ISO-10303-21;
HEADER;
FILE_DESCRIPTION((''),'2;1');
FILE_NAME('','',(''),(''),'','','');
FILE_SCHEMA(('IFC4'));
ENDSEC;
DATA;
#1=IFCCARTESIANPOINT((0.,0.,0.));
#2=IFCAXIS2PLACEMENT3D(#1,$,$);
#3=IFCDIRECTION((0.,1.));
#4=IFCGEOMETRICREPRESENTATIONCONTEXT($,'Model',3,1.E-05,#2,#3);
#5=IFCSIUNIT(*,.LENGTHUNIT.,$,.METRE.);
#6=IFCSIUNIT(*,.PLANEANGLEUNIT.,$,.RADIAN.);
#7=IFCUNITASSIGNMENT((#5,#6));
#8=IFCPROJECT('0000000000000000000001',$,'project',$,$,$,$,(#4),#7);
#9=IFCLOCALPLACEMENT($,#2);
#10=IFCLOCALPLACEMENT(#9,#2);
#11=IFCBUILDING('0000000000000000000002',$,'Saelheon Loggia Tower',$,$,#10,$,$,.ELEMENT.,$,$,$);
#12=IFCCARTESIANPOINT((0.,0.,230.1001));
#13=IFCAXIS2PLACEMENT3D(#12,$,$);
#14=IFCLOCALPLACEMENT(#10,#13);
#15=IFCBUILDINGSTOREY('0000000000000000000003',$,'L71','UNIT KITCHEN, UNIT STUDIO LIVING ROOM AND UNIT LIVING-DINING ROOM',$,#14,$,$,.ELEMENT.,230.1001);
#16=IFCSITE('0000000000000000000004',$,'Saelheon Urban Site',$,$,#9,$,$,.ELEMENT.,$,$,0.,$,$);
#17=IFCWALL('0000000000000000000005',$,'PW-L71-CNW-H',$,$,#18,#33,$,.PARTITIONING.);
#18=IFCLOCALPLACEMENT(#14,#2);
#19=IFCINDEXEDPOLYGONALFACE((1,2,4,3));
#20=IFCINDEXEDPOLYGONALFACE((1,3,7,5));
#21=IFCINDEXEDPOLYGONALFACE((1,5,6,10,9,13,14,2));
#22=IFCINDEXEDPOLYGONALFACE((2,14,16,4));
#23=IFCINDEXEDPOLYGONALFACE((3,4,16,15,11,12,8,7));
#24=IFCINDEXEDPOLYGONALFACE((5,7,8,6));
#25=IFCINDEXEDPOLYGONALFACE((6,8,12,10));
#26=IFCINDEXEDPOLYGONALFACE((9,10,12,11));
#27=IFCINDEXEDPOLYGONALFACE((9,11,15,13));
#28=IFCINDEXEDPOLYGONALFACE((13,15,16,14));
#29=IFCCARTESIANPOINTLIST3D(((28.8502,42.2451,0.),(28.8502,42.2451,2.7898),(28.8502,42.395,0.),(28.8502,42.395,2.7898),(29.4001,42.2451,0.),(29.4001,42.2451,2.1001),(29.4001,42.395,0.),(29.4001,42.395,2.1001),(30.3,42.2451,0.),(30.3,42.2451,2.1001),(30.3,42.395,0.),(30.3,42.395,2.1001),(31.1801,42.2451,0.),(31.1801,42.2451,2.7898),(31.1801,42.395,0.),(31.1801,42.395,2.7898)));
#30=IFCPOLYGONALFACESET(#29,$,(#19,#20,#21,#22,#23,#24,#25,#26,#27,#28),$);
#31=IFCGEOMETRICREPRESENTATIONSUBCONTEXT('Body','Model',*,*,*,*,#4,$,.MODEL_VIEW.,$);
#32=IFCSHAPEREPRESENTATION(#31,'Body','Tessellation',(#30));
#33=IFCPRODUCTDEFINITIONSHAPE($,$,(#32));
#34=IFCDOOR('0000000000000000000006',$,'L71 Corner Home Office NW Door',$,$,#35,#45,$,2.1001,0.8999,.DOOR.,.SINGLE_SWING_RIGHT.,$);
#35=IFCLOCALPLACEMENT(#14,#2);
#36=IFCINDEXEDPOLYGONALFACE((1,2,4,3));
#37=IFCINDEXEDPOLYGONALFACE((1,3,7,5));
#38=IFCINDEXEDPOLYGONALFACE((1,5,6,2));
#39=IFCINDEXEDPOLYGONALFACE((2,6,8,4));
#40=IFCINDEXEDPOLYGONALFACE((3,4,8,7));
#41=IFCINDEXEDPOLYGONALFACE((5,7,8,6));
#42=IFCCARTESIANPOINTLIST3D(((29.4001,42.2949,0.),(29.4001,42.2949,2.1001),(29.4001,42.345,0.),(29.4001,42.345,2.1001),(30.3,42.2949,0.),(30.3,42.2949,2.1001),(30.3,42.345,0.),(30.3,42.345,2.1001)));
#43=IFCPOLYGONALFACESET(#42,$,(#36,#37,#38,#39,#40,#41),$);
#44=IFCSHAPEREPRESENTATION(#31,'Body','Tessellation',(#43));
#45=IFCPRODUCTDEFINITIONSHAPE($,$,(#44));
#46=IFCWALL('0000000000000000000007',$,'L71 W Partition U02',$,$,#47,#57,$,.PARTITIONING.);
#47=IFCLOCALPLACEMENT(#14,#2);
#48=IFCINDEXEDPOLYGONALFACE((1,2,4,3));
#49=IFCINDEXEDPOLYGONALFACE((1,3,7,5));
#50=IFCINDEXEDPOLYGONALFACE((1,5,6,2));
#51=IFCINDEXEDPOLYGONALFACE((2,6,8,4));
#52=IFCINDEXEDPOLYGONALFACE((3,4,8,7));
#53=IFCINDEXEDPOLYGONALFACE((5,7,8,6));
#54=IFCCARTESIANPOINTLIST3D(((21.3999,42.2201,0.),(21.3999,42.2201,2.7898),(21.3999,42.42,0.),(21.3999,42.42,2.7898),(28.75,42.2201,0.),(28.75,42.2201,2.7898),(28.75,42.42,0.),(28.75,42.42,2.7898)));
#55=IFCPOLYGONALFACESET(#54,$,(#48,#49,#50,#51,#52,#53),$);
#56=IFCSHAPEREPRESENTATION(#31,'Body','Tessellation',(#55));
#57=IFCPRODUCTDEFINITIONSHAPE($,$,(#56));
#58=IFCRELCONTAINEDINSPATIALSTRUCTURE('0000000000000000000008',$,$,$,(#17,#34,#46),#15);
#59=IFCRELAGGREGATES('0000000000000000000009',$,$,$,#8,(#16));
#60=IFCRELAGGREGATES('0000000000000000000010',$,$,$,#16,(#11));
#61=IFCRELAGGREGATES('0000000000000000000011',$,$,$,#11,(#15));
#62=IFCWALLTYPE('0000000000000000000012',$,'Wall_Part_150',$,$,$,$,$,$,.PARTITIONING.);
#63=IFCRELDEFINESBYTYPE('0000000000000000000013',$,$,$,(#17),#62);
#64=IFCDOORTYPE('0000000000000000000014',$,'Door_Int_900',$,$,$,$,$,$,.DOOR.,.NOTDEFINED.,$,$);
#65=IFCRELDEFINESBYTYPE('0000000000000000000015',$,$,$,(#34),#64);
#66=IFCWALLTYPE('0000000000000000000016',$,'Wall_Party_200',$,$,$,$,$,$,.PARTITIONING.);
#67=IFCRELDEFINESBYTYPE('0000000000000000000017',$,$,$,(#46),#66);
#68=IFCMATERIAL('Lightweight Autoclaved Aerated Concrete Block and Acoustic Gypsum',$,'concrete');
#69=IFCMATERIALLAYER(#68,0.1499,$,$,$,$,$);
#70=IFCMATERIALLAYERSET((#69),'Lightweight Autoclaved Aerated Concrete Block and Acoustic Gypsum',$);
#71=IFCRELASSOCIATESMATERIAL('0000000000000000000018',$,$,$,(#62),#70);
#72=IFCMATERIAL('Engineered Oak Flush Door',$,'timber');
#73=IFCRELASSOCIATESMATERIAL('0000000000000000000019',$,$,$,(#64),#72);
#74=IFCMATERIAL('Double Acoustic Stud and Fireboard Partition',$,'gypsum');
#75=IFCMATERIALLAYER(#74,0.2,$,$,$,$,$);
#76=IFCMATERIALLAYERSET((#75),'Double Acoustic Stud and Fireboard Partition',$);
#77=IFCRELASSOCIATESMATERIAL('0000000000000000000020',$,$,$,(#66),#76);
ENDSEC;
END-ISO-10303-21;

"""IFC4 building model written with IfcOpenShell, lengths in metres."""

from ifc_helpers import new_model, si_unit, direction, frame, frame_2d, origin, place, context, subcontext, project, spatial, rectangle, extrude, source, transform, mapped, material, layer, layer_set, type_object, element, fill, save


model = new_model("IFC4")

# Units and contexts
model_context = context("Model", 3, precision=1e-05, world=origin(), true_north=direction((0.0, 1.0)))
body_context = subcontext(model_context, "Body", "Model", "MODEL_VIEW")
ifc_project = project(units=[si_unit("LENGTHUNIT", "METRE"), si_unit("PLANEANGLEUNIT", "RADIAN")], contexts=[model_context])

# Site, building, storey
site_placement = place(None, origin())
site = spatial("IfcSite", under=ifc_project, at=site_placement, Name="Saelheon Urban Site", CompositionType="ELEMENT", RefElevation=0.0)
building_placement = place(site_placement, origin())
building = spatial("IfcBuilding", under=site, at=building_placement, Name="Saelheon Loggia Tower", CompositionType="ELEMENT")
storey_placement = place(building_placement, frame((0.0, 0.0, 230.1001)))
storey = spatial("IfcBuildingStorey", under=building, at=storey_placement, Name="L71", Description="UNIT KITCHEN, UNIT STUDIO LIVING ROOM AND UNIT LIVING-DINING ROOM", CompositionType="ELEMENT", Elevation=230.1001)

# Wall, opening, door
ifc_material_1 = material(Name="Lightweight Autoclaved Aerated Concrete Block and Acoustic Gypsum", Category="concrete")
ifc_layer_1 = layer(ifc_material_1, 0.1499)
ifc_layer_set_1 = layer_set([ifc_layer_1], Name="Lightweight Autoclaved Aerated Concrete Block and Acoustic Gypsum")
wall_type_1 = type_object("IfcWallType", Name="Wall_Part_150", PredefinedType="PARTITIONING", material=ifc_layer_set_1)
wall_1_placement = place(storey_placement, frame((28.8501, 42.3201, 0.0), z_axis=(0.0, 0.0, 1.0), x_axis=(1.0, 0.0, 0.0)))
wall_1 = element("IfcWall", 1, at=wall_1_placement, inside=storey, type_object=wall_type_1, Name="PW-L71-CNW-H", PredefinedType="PARTITIONING", context=body_context, shape_type="SweptSolid", body=[
    extrude(rectangle(XDim=2.3298, YDim=0.1499, at=frame_2d((1.165, 0.0))), origin(), (0.0, 0.0, 1.0), 2.7898),
])
opening_1_placement = place(wall_1_placement, frame((0.55, 0.0, 0.0)))
opening_1 = element("IfcOpeningElement", 2, at=opening_1_placement, cuts=wall_1, PredefinedType="OPENING", context=body_context, shape_type="SweptSolid", body=[
    extrude(rectangle(XDim=0.8999, YDim=2.1001, at=frame_2d((0.45, 1.05))), frame((0.0, 0.0869, 0.0), z_axis=(0.0, -1.0, 0.0), x_axis=(1.0, 0.0, 0.0)), (0.0, 0.0, 1.0), 0.1738),
])
ifc_material_2 = material(Name="Engineered Oak Flush Door", Category="timber")
door_type_1 = type_object("IfcDoorType", Name="Door_Int_900", OperationType="NOTDEFINED", PredefinedType="DOOR", material=ifc_material_2)
shared_shape_1 = source(origin(), body_context, "Body", "SweptSolid", [
    extrude(rectangle(XDim=0.8999, YDim=2.1001, at=frame_2d((0.45, 1.05))), frame((0.0, 0.0249, 0.0), z_axis=(0.0, -1.0, 0.0), x_axis=(1.0, 0.0, 0.0)), (0.0, 0.0, 1.0), 0.05),
])
door_1_placement = place(opening_1_placement, origin())
door_1 = element("IfcDoor", 3, at=door_1_placement, inside=storey, type_object=door_type_1, Name="L71 Corner Home Office NW Door", OperationType="SINGLE_SWING_RIGHT", OverallHeight=2.1001, OverallWidth=0.8999, PredefinedType="DOOR", context=body_context, shape_type="MappedRepresentation", body=[
    mapped(shared_shape_1, transform((0.0, 0.0, 0.0), scale=1.0)),
])
fill(opening_1, door_1)

# Wall
ifc_material_3 = material(Name="Double Acoustic Stud and Fireboard Partition", Category="gypsum")
ifc_layer_2 = layer(ifc_material_3, 0.2)
ifc_layer_set_2 = layer_set([ifc_layer_2], Name="Double Acoustic Stud and Fireboard Partition")
wall_type_2 = type_object("IfcWallType", Name="Wall_Party_200", PredefinedType="PARTITIONING", material=ifc_layer_set_2)
wall_2_placement = place(storey_placement, frame((28.75, 42.3201, 0.0), z_axis=(0.0, 0.0, 1.0), x_axis=(-1.0, 0.0, 0.0)))
element("IfcWall", 4, at=wall_2_placement, inside=storey, type_object=wall_type_2, Name="L71 W Partition U02", PredefinedType="PARTITIONING", context=body_context, shape_type="SweptSolid", body=[
    extrude(rectangle(XDim=7.3501, YDim=0.2, at=frame_2d((3.675, 0.0))), origin(), (0.0, 0.0, 1.0), 2.7898),
])

save(model, "model.ifc")
